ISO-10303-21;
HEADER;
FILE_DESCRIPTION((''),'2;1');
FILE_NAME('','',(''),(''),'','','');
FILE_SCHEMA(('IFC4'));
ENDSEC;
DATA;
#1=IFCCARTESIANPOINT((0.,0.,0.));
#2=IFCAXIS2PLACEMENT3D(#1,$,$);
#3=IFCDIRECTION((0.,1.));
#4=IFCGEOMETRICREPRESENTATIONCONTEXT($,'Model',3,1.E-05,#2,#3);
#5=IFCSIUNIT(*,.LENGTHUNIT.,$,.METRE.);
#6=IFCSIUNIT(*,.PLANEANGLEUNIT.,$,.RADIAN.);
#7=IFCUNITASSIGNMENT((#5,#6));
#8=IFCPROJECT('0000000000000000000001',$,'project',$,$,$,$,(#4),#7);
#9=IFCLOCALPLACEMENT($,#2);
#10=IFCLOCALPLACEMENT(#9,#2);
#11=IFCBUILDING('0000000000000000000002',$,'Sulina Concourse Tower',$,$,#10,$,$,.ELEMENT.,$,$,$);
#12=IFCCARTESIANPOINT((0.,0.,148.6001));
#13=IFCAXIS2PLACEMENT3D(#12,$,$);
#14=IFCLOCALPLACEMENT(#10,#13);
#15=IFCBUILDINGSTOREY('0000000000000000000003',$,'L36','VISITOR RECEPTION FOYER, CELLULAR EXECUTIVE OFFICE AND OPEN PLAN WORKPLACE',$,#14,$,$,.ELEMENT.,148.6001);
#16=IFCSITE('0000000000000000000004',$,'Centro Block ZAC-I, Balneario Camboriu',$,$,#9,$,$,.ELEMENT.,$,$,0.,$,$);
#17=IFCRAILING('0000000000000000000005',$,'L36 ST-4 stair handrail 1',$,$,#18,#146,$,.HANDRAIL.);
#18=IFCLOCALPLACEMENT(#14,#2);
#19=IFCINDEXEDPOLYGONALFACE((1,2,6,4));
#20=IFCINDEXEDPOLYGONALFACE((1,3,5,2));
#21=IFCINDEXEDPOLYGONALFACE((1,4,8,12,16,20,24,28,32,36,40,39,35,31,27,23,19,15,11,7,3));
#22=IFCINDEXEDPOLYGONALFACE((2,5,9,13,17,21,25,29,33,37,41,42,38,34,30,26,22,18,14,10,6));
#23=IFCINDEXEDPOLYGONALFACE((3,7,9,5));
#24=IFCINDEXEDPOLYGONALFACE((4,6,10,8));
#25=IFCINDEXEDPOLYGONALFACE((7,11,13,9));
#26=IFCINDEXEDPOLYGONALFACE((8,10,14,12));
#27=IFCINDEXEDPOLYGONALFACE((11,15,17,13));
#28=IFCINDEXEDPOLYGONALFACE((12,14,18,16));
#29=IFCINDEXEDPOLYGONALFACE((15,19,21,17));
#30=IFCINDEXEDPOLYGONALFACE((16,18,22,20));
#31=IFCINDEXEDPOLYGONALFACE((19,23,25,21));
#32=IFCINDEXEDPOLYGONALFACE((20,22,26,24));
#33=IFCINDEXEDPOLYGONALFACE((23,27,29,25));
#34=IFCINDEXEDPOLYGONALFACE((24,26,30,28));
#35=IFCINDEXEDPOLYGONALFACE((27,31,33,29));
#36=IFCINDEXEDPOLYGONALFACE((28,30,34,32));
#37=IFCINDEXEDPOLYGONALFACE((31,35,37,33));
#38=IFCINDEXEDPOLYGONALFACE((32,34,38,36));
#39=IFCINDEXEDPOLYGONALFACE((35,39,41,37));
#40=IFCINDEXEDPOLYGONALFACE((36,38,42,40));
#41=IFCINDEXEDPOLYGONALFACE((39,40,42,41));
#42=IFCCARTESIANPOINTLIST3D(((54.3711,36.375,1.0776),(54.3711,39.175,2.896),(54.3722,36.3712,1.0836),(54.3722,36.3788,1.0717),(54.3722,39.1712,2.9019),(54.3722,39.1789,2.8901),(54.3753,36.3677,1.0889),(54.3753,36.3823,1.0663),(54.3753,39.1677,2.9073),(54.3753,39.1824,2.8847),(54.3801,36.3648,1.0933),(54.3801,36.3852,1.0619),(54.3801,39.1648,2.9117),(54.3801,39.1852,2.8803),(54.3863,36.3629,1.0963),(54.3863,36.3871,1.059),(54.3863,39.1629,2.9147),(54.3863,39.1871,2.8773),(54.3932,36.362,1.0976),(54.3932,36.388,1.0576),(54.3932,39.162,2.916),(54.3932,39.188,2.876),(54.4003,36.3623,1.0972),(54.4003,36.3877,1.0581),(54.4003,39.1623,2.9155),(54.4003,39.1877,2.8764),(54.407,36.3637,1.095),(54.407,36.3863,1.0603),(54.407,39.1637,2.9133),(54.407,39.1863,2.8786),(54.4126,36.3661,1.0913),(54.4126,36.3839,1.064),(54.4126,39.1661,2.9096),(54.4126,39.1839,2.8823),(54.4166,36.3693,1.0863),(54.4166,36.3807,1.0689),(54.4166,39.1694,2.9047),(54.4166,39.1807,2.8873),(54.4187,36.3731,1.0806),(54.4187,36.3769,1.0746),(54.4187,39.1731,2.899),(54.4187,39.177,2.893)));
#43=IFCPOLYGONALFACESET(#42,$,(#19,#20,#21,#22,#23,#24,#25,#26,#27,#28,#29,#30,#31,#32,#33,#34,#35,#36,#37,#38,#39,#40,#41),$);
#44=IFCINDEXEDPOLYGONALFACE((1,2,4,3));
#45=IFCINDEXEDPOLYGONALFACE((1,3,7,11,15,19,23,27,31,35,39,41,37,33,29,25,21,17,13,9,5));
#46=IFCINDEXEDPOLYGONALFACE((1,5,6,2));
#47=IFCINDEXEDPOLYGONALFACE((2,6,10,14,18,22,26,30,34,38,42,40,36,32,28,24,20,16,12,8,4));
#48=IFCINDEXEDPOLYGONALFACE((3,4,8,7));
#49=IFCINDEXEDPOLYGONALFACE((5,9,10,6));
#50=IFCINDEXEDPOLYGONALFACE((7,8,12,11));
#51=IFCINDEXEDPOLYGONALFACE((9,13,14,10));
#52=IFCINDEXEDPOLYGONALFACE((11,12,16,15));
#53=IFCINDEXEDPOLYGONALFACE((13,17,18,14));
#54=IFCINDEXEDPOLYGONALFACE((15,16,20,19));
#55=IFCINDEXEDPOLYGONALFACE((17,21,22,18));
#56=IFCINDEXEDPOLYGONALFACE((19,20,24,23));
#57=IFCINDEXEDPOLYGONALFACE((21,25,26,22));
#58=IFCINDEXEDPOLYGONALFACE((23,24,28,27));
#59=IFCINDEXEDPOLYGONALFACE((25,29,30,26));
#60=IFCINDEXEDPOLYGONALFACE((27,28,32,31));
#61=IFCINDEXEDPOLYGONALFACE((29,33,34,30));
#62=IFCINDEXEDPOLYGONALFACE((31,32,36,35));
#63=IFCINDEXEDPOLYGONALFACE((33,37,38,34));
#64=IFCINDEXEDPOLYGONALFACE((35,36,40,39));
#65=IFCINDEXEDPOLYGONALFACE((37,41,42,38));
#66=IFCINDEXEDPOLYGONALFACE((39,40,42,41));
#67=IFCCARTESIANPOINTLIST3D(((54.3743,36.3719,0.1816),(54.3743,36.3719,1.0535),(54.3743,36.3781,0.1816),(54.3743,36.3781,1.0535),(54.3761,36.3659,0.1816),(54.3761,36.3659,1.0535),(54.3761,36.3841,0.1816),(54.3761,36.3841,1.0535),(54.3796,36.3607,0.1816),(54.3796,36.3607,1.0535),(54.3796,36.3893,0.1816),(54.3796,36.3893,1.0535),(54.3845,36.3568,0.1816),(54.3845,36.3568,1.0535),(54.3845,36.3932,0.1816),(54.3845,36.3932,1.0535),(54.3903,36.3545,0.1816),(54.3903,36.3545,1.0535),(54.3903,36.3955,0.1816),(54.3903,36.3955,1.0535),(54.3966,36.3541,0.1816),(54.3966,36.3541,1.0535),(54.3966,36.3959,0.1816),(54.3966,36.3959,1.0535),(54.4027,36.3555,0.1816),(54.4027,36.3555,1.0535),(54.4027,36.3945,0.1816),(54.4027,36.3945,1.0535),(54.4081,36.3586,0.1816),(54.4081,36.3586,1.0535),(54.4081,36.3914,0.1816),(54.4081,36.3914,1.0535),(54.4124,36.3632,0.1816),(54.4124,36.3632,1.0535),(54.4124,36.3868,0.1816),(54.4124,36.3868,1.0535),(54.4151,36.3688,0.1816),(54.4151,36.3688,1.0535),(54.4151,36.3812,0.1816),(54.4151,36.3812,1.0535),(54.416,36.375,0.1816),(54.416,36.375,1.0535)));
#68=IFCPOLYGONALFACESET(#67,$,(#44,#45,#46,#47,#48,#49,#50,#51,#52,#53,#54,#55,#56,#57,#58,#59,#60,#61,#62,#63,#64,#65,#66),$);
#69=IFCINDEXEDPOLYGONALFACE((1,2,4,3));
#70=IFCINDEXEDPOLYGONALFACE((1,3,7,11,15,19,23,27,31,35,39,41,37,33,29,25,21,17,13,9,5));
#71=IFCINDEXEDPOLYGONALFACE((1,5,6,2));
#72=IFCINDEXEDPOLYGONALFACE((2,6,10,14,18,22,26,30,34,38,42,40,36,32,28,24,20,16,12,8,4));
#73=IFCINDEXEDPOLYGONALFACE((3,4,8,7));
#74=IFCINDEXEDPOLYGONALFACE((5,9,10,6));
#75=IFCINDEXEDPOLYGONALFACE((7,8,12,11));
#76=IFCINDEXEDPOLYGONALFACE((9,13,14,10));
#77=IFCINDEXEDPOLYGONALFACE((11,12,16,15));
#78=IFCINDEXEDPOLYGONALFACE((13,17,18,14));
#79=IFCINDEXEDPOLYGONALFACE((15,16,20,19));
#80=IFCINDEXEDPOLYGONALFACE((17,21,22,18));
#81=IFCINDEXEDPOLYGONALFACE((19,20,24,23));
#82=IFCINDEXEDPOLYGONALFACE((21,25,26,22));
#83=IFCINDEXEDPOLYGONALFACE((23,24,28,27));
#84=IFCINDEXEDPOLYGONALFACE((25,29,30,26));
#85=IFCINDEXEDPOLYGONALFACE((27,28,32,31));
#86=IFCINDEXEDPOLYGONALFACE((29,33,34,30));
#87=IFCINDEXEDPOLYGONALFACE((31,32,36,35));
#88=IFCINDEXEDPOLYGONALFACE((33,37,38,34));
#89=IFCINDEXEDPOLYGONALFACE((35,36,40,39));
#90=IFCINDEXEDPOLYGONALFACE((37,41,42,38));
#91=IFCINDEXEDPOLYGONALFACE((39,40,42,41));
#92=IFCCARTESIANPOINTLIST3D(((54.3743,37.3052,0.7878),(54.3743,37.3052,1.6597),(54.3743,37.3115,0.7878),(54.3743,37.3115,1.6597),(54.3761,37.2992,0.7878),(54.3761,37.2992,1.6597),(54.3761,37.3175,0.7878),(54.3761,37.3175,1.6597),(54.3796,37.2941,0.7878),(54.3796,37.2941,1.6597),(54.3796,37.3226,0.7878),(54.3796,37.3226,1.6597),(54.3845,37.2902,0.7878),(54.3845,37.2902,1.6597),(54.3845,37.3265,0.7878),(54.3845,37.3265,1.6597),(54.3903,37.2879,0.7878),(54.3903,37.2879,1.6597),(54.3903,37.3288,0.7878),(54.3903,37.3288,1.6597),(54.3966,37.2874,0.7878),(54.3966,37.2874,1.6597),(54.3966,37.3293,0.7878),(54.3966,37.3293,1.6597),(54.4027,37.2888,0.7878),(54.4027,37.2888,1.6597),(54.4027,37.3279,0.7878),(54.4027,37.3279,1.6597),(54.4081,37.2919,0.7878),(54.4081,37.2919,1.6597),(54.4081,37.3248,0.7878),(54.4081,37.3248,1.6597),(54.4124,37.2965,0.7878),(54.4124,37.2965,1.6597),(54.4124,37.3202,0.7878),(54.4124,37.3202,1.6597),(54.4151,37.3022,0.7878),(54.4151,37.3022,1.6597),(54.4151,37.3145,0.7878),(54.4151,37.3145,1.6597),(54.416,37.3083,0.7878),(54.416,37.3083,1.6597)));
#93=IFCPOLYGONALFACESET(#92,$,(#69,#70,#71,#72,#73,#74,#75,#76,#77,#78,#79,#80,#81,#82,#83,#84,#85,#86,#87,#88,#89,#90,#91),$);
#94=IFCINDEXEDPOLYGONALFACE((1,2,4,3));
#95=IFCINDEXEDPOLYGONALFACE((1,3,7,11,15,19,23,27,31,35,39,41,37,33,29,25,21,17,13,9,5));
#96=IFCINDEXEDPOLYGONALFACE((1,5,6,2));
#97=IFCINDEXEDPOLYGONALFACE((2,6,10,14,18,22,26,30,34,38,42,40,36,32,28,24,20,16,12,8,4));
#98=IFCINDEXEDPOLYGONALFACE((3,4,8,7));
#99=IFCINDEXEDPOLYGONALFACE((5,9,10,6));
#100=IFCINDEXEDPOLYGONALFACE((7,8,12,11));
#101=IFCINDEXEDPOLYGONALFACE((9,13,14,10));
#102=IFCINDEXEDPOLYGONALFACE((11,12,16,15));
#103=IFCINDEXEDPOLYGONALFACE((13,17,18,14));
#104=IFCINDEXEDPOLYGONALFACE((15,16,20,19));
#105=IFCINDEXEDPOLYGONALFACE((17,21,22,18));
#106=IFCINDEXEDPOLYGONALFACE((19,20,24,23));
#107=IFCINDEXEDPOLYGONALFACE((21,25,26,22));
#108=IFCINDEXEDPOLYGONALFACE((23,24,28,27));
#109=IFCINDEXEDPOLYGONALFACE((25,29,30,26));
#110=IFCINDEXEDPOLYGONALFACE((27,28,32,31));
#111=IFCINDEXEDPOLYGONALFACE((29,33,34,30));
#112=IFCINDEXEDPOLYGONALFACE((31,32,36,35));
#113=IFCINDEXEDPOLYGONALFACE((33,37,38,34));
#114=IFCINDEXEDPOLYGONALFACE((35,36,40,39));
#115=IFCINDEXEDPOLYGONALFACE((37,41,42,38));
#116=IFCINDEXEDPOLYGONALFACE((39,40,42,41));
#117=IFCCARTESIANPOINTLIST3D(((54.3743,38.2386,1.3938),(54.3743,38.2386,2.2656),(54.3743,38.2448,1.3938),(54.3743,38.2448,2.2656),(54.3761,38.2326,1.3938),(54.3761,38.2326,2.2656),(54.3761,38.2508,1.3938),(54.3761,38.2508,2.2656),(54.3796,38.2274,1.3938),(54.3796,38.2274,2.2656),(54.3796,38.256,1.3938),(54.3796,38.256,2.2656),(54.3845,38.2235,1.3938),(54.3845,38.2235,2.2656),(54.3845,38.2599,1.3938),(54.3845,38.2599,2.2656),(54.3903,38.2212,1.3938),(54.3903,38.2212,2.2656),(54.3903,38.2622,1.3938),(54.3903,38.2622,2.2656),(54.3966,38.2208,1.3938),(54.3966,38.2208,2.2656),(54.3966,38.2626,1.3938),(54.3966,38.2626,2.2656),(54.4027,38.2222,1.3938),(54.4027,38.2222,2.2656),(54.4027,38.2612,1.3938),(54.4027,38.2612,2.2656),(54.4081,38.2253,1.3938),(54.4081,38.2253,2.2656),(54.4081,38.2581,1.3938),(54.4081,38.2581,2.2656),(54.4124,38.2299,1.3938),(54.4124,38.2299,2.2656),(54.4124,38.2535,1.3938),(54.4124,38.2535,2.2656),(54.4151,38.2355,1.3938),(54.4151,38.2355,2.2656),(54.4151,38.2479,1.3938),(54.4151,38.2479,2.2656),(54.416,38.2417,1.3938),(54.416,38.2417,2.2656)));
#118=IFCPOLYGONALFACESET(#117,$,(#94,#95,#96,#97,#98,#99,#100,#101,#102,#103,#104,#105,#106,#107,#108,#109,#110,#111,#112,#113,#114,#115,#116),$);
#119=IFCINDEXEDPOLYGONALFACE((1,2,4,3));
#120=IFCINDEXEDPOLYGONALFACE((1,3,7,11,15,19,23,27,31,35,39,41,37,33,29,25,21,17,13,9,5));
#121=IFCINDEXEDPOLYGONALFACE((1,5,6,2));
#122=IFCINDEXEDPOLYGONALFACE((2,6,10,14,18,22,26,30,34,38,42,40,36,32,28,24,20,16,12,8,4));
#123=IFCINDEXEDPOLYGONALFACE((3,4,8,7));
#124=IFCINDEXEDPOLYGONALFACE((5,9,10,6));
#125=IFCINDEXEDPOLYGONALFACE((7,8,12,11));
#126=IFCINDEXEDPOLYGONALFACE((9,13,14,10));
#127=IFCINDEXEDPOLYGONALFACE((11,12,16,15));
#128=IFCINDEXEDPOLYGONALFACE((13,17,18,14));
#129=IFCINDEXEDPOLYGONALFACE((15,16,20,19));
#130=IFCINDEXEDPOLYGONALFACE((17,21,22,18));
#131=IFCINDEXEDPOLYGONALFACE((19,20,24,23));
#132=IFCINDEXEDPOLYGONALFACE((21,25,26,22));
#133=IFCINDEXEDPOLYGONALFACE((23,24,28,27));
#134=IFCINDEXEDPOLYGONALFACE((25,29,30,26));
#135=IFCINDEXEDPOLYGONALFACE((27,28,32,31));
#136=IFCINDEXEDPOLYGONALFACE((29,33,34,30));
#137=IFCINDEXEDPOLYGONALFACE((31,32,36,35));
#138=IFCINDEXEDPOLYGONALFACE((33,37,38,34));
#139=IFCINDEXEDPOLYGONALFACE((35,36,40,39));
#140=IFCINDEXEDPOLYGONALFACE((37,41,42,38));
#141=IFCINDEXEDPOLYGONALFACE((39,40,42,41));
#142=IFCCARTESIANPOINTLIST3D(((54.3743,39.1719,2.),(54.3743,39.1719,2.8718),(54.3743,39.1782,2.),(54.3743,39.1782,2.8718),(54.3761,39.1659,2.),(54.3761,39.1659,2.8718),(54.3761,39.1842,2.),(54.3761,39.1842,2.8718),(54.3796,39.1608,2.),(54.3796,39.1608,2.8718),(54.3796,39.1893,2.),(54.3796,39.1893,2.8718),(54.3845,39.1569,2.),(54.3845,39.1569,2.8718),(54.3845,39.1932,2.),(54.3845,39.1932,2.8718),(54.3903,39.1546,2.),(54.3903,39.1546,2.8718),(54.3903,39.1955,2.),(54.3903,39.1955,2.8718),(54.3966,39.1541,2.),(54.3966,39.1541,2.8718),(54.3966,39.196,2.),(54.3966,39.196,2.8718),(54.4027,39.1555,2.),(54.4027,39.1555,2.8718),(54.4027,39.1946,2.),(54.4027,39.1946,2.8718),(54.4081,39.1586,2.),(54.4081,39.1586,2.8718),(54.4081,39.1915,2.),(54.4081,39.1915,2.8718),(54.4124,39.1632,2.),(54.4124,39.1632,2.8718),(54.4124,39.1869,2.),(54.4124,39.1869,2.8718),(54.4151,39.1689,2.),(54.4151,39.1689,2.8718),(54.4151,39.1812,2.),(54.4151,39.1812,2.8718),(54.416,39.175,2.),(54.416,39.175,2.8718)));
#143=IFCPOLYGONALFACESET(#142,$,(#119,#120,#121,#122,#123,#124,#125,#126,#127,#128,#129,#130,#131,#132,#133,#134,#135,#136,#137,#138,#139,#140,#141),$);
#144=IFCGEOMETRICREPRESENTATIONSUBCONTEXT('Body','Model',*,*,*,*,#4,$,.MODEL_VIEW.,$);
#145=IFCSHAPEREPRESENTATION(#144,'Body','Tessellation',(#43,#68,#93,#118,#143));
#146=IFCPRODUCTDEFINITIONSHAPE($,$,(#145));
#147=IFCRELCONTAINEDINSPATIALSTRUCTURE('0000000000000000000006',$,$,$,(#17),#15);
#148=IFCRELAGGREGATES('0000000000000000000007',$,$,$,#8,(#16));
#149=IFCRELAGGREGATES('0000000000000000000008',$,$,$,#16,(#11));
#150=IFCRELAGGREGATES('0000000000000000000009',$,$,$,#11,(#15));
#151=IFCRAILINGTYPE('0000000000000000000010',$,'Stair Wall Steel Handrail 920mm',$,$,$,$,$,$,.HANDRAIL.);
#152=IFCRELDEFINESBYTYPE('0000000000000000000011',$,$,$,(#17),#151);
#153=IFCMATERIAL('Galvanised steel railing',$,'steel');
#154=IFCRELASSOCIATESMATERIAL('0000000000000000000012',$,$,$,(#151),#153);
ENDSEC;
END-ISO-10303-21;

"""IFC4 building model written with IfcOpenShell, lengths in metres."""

from ifc_helpers import new_model, si_unit, direction, frame, origin, origin_2d, place, context, subcontext, project, spatial, circle, extrude, material, type_object, element, save


model = new_model("IFC4")

# Units and contexts
model_context = context("Model", 3, precision=1e-05, world=origin(), true_north=direction((0.0, 1.0)))
body_context = subcontext(model_context, "Body", "Model", "MODEL_VIEW")
ifc_project = project(units=[si_unit("LENGTHUNIT", "METRE"), si_unit("PLANEANGLEUNIT", "RADIAN")], contexts=[model_context])

# Site, building, storey
site_placement = place(None, origin())
site = spatial("IfcSite", under=ifc_project, at=site_placement, Name="Centro Block ZAC-I, Balneario Camboriu", CompositionType="ELEMENT", RefElevation=0.0)
building_placement = place(site_placement, origin())
building = spatial("IfcBuilding", under=site, at=building_placement, Name="Sulina Concourse Tower", CompositionType="ELEMENT")
storey_placement = place(building_placement, frame((0.0, 0.0, 148.6001)))
storey = spatial("IfcBuildingStorey", under=building, at=storey_placement, Name="L36", Description="VISITOR RECEPTION FOYER, CELLULAR EXECUTIVE OFFICE AND OPEN PLAN WORKPLACE", CompositionType="ELEMENT", Elevation=148.6001)

# Railing
ifc_material_1 = material(Name="Galvanised steel railing", Category="steel")
railing_type_1 = type_object("IfcRailingType", Name="Stair Wall Steel Handrail 920mm", PredefinedType="HANDRAIL", material=ifc_material_1)
railing_1_placement = place(storey_placement, frame((54.395, 36.375, 0.1816)))
element("IfcRailing", 1, at=railing_1_placement, inside=storey, type_object=railing_type_1, Name="L36 ST-4 stair handrail 1", PredefinedType="HANDRAIL", context=body_context, shape_type="SweptSolid", body=[
    extrude(circle(Radius=0.0239, at=origin_2d()), frame((0.0, 0.0, 0.896), z_axis=(0.0, 0.838672, 0.544636), x_axis=(-1.0, 0.0, 0.0)), (0.0, 0.0, 1.0), 3.3386),
    extrude(circle(Radius=0.021, at=origin_2d()), origin(), (0.0, 0.0, 1.0), 0.8718),
    extrude(circle(Radius=0.021, at=origin_2d()), frame((0.0, 0.9333, 0.6062)), (0.0, 0.0, 1.0), 0.8718),
    extrude(circle(Radius=0.021, at=origin_2d()), frame((0.0, 1.8667, 1.2122)), (0.0, 0.0, 1.0), 0.8718),
    extrude(circle(Radius=0.021, at=origin_2d()), frame((0.0, 2.8, 1.8184)), (0.0, 0.0, 1.0), 0.8718),
])

save(model, "model.ifc")
